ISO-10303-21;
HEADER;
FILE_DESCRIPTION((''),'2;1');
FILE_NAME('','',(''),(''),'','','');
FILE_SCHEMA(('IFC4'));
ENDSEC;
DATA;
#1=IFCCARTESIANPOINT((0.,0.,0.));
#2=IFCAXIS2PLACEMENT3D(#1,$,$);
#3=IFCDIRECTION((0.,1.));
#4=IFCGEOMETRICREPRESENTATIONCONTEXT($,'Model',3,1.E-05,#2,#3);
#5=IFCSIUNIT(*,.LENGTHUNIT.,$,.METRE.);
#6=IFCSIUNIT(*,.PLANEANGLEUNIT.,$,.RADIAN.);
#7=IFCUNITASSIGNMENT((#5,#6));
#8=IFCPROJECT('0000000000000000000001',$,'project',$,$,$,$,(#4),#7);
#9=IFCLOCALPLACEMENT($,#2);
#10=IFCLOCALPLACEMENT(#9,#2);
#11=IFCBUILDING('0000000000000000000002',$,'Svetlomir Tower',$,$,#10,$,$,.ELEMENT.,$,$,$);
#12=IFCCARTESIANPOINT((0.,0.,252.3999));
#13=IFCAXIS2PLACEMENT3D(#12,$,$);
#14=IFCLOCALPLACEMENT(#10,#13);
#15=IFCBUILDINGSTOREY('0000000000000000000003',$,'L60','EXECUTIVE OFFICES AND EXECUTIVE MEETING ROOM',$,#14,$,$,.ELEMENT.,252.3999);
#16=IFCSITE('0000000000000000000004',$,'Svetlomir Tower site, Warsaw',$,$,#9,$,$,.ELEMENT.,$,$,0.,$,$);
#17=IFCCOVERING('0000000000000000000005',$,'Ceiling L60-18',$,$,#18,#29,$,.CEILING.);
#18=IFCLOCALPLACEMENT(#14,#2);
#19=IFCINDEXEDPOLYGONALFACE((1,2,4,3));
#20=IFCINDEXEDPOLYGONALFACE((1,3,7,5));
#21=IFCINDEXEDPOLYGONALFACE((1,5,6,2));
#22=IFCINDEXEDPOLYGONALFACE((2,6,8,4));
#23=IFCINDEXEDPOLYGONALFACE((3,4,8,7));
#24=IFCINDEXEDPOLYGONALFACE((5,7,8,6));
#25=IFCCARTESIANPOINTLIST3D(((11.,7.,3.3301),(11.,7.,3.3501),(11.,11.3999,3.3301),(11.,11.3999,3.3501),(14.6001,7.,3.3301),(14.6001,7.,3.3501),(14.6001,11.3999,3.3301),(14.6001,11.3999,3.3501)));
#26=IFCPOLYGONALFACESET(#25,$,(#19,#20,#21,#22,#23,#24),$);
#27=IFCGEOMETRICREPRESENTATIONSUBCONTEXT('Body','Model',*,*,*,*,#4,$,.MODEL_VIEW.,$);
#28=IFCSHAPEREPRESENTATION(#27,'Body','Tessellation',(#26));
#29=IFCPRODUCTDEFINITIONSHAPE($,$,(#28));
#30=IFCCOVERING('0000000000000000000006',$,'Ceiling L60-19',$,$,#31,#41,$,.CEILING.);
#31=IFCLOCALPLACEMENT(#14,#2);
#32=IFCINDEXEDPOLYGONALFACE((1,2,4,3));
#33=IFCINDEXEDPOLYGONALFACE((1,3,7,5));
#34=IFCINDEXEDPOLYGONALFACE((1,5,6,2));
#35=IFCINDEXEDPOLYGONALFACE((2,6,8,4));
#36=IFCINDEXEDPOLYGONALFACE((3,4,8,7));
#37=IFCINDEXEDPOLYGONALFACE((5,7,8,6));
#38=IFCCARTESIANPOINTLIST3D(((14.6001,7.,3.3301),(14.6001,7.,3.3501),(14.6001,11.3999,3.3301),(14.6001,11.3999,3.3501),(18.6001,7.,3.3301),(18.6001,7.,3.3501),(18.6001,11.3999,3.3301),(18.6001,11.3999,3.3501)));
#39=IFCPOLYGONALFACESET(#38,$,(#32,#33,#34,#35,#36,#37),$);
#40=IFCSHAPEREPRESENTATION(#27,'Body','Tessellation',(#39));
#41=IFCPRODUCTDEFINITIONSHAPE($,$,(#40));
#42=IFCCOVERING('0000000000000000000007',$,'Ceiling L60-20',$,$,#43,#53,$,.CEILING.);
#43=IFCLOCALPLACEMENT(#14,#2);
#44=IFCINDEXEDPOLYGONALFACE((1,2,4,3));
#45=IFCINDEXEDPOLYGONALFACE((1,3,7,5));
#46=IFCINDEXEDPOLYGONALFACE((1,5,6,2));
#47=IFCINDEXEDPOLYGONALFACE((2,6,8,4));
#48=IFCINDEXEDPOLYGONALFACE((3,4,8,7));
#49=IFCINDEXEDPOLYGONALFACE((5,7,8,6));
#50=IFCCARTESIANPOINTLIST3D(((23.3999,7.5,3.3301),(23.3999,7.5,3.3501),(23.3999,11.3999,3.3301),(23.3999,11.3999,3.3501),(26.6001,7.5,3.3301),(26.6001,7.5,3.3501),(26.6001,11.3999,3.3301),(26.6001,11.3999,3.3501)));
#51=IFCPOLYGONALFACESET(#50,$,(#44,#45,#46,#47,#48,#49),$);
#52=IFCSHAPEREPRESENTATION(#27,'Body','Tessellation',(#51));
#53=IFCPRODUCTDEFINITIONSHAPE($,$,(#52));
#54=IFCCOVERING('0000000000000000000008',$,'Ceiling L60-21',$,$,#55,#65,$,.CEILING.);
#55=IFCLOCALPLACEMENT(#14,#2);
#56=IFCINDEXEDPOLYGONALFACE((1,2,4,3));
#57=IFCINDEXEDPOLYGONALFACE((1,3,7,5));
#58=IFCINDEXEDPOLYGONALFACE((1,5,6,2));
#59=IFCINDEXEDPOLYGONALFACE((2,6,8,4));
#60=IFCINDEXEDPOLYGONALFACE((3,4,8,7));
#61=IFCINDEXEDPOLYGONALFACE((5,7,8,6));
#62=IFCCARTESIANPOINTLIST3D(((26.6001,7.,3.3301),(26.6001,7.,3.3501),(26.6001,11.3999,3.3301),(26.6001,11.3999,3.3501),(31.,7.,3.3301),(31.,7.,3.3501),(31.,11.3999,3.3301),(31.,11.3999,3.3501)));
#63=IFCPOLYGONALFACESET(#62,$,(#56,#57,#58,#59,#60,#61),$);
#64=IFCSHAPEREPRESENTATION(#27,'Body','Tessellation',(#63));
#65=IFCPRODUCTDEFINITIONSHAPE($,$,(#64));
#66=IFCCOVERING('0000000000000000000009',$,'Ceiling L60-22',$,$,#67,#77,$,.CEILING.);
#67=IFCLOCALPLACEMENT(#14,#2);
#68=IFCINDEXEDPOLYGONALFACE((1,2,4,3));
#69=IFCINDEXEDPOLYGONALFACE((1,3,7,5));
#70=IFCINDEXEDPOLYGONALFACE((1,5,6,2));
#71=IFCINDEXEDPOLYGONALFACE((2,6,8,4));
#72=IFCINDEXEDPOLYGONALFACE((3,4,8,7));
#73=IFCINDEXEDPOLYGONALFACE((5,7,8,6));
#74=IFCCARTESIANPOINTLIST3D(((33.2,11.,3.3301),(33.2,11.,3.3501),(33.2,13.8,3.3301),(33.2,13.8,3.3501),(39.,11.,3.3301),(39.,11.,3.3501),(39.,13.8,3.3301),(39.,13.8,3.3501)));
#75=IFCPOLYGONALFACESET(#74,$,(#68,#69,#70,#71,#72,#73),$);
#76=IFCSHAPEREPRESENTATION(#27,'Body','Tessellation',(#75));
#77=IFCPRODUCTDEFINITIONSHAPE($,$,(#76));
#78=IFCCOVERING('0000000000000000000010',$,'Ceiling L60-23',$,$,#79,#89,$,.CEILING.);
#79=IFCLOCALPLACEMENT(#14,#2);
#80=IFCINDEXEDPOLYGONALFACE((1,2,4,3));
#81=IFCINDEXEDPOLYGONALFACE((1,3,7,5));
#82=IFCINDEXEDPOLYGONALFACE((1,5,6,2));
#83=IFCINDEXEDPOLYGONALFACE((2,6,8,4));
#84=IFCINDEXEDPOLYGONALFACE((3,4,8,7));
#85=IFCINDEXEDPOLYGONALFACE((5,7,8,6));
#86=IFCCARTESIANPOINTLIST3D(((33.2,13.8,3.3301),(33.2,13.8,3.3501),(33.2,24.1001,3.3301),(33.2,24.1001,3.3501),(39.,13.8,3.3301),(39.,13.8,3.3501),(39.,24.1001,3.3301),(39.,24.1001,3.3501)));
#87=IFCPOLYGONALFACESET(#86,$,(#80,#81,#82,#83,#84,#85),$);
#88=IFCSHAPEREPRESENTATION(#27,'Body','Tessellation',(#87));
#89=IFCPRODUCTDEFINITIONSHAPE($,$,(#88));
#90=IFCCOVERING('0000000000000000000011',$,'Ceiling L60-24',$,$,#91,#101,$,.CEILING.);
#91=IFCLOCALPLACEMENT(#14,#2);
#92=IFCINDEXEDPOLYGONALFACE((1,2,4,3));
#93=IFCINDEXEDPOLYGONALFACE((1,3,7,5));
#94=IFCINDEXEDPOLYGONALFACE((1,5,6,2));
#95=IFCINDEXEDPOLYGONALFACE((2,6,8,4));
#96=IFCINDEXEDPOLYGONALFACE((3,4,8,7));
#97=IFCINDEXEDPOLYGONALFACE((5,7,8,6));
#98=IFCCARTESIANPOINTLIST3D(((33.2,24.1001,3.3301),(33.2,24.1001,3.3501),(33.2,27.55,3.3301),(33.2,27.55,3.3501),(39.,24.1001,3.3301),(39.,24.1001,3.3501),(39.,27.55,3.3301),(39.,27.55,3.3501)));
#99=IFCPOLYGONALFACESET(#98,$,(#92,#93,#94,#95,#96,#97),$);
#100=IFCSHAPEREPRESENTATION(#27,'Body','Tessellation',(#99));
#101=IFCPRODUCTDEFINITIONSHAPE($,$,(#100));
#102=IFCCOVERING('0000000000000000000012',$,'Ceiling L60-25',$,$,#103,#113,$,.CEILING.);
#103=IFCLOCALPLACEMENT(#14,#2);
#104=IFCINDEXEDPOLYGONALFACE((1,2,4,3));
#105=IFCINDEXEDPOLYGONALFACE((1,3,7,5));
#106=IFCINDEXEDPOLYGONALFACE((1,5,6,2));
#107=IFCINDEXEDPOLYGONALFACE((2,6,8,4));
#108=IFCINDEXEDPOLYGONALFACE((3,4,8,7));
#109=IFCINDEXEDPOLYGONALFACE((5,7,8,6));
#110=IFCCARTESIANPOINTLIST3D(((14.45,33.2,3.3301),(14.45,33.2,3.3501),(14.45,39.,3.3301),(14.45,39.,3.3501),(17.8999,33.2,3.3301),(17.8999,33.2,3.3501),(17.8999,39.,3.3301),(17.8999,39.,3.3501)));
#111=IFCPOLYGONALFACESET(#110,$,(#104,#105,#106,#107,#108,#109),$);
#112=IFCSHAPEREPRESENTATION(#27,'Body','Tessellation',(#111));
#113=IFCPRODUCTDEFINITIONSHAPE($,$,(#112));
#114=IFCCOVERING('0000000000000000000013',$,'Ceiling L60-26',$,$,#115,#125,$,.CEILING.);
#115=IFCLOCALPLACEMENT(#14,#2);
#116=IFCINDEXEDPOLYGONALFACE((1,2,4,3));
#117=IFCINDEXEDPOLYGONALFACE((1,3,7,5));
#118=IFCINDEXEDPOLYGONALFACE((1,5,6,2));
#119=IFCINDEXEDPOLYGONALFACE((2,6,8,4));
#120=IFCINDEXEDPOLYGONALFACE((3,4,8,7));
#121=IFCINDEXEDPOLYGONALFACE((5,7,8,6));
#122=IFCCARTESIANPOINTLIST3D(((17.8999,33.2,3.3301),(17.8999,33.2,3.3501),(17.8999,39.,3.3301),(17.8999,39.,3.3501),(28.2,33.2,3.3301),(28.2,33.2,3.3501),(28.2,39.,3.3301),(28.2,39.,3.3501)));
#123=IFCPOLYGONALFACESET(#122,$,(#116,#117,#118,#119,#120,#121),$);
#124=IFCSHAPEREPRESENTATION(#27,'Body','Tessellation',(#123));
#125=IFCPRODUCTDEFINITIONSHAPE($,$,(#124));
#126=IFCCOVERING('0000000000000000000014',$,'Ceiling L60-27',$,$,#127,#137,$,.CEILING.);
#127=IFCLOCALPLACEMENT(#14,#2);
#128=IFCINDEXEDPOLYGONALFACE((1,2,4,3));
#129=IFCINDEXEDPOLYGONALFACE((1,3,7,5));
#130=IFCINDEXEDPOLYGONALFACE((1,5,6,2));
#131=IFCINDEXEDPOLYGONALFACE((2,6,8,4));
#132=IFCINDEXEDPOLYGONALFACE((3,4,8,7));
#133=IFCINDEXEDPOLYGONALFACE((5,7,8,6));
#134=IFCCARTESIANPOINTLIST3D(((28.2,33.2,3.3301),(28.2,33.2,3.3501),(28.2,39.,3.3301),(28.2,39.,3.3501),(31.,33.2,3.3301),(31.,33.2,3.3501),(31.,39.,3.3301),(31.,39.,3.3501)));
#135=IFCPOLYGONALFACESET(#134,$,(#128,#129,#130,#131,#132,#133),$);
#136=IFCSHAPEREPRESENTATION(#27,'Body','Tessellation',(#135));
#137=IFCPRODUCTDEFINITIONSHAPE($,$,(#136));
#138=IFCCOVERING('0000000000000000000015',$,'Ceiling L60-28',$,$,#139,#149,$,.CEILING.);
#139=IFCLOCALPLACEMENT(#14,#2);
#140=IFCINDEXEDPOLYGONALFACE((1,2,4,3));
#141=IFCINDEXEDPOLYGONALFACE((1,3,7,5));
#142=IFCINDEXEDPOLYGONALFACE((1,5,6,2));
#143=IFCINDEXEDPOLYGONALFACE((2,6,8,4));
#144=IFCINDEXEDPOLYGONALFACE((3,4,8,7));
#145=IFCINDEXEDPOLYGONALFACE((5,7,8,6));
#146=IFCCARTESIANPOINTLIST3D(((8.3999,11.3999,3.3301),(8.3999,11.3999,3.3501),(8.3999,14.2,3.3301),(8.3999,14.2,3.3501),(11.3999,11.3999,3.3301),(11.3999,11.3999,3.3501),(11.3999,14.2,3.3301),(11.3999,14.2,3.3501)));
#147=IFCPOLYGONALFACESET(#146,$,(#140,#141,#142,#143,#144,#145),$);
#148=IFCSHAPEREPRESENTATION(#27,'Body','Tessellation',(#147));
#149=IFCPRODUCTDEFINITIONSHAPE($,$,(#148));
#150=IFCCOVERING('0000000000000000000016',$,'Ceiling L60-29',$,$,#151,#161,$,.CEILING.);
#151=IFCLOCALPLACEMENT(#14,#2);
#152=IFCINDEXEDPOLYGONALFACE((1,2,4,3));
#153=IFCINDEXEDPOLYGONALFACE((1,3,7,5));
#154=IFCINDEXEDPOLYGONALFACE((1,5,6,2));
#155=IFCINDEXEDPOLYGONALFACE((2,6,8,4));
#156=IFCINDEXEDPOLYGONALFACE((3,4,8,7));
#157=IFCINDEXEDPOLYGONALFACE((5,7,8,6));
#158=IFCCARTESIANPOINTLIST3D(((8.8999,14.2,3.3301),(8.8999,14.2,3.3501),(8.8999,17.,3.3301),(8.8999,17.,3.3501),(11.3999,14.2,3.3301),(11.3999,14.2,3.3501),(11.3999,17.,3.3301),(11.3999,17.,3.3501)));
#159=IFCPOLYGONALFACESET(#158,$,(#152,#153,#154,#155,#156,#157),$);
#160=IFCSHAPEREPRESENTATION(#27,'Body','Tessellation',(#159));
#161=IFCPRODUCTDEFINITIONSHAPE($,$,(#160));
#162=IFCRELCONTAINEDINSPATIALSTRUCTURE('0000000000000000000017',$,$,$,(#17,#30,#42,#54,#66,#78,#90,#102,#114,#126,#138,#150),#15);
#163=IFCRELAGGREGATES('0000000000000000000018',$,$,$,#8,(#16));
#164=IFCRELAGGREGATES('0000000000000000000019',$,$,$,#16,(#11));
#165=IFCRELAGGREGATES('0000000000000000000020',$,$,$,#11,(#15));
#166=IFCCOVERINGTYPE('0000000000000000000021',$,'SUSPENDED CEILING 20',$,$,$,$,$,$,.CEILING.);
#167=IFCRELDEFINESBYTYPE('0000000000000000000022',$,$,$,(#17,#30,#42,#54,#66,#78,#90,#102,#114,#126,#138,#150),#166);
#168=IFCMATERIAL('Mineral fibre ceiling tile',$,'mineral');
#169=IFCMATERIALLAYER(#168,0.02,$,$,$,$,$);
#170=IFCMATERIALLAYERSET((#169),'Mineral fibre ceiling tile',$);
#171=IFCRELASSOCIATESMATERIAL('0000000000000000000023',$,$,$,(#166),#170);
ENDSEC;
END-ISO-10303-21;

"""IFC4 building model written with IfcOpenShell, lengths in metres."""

from ifc_helpers import new_model, si_unit, direction, frame, origin, place, context, subcontext, project, spatial, polyline, outline, extrude, material, layer, layer_set, type_object, element, save


model = new_model("IFC4")

# Units and contexts
model_context = context("Model", 3, precision=1e-05, world=origin(), true_north=direction((0.0, 1.0)))
body_context = subcontext(model_context, "Body", "Model", "MODEL_VIEW")
ifc_project = project(units=[si_unit("LENGTHUNIT", "METRE"), si_unit("PLANEANGLEUNIT", "RADIAN")], contexts=[model_context])

# Site, building, storey
site_placement = place(None, origin())
site = spatial("IfcSite", under=ifc_project, at=site_placement, Name="Svetlomir Tower site, Warsaw", CompositionType="ELEMENT", RefElevation=0.0)
building_placement = place(site_placement, origin())
building = spatial("IfcBuilding", under=site, at=building_placement, Name="Svetlomir Tower", CompositionType="ELEMENT")
storey_placement = place(building_placement, frame((0.0, 0.0, 252.3999)))
storey = spatial("IfcBuildingStorey", under=building, at=storey_placement, Name="L60", Description="EXECUTIVE OFFICES AND EXECUTIVE MEETING ROOM", CompositionType="ELEMENT", Elevation=252.3999)

# Coverings
ifc_material_1 = material(Name="Mineral fibre ceiling tile", Category="mineral")
ifc_layer_1 = layer(ifc_material_1, 0.02)
ifc_layer_set_1 = layer_set([ifc_layer_1], Name="Mineral fibre ceiling tile")
covering_type_1 = type_object("IfcCoveringType", Name="SUSPENDED CEILING 20", PredefinedType="CEILING", material=ifc_layer_set_1)
covering_1_placement = place(storey_placement, frame((0.0, 0.0, 3.3301)))
element("IfcCovering", 1, at=covering_1_placement, inside=storey, type_object=covering_type_1, Name="Ceiling L60-18", PredefinedType="CEILING", context=body_context, shape_type="SweptSolid", body=[
    extrude(outline(polyline([(11.0, 7.0), (14.6001, 7.0), (14.6001, 11.3999), (11.0, 11.3999), (11.0, 7.0)])), origin(), (0.0, 0.0, 1.0), 0.02),
])
covering_2_placement = place(storey_placement, frame((0.0, 0.0, 3.3301)))
element("IfcCovering", 2, at=covering_2_placement, inside=storey, type_object=covering_type_1, Name="Ceiling L60-19", PredefinedType="CEILING", context=body_context, shape_type="SweptSolid", body=[
    extrude(outline(polyline([(14.6001, 7.0), (18.6001, 7.0), (18.6001, 11.3999), (14.6001, 11.3999), (14.6001, 7.0)])), origin(), (0.0, 0.0, 1.0), 0.02),
])
covering_3_placement = place(storey_placement, frame((0.0, 0.0, 3.3301)))
element("IfcCovering", 3, at=covering_3_placement, inside=storey, type_object=covering_type_1, Name="Ceiling L60-20", PredefinedType="CEILING", context=body_context, shape_type="SweptSolid", body=[
    extrude(outline(polyline([(23.3999, 7.5), (26.6001, 7.5), (26.6001, 11.3999), (23.3999, 11.3999), (23.3999, 7.5)])), origin(), (0.0, 0.0, 1.0), 0.02),
])
covering_4_placement = place(storey_placement, frame((0.0, 0.0, 3.3301)))
element("IfcCovering", 4, at=covering_4_placement, inside=storey, type_object=covering_type_1, Name="Ceiling L60-21", PredefinedType="CEILING", context=body_context, shape_type="SweptSolid", body=[
    extrude(outline(polyline([(26.6001, 7.0), (31.0, 7.0), (31.0, 11.3999), (26.6001, 11.3999), (26.6001, 7.0)])), origin(), (0.0, 0.0, 1.0), 0.02),
])
covering_5_placement = place(storey_placement, frame((0.0, 0.0, 3.3301)))
element("IfcCovering", 5, at=covering_5_placement, inside=storey, type_object=covering_type_1, Name="Ceiling L60-22", PredefinedType="CEILING", context=body_context, shape_type="SweptSolid", body=[
    extrude(outline(polyline([(33.2, 11.0), (39.0, 11.0), (39.0, 13.8), (33.2, 13.8), (33.2, 11.0)])), origin(), (0.0, 0.0, 1.0), 0.02),
])
covering_6_placement = place(storey_placement, frame((0.0, 0.0, 3.3301)))
element("IfcCovering", 6, at=covering_6_placement, inside=storey, type_object=covering_type_1, Name="Ceiling L60-23", PredefinedType="CEILING", context=body_context, shape_type="SweptSolid", body=[
    extrude(outline(polyline([(33.2, 13.8), (39.0, 13.8), (39.0, 24.1001), (33.2, 24.1001), (33.2, 13.8)])), origin(), (0.0, 0.0, 1.0), 0.02),
])
covering_7_placement = place(storey_placement, frame((0.0, 0.0, 3.3301)))
element("IfcCovering", 7, at=covering_7_placement, inside=storey, type_object=covering_type_1, Name="Ceiling L60-24", PredefinedType="CEILING", context=body_context, shape_type="SweptSolid", body=[
    extrude(outline(polyline([(33.2, 24.1001), (39.0, 24.1001), (39.0, 27.55), (33.2, 27.55), (33.2, 24.1001)])), origin(), (0.0, 0.0, 1.0), 0.02),
])
covering_8_placement = place(storey_placement, frame((0.0, 0.0, 3.3301)))
element("IfcCovering", 8, at=covering_8_placement, inside=storey, type_object=covering_type_1, Name="Ceiling L60-25", PredefinedType="CEILING", context=body_context, shape_type="SweptSolid", body=[
    extrude(outline(polyline([(14.45, 33.2), (17.8999, 33.2), (17.8999, 39.0), (14.45, 39.0), (14.45, 33.2)])), origin(), (0.0, 0.0, 1.0), 0.02),
])
covering_9_placement = place(storey_placement, frame((0.0, 0.0, 3.3301)))
element("IfcCovering", 9, at=covering_9_placement, inside=storey, type_object=covering_type_1, Name="Ceiling L60-26", PredefinedType="CEILING", context=body_context, shape_type="SweptSolid", body=[
    extrude(outline(polyline([(17.8999, 33.2), (28.2, 33.2), (28.2, 39.0), (17.8999, 39.0), (17.8999, 33.2)])), origin(), (0.0, 0.0, 1.0), 0.02),
])
covering_10_placement = place(storey_placement, frame((0.0, 0.0, 3.3301)))
element("IfcCovering", 10, at=covering_10_placement, inside=storey, type_object=covering_type_1, Name="Ceiling L60-27", PredefinedType="CEILING", context=body_context, shape_type="SweptSolid", body=[
    extrude(outline(polyline([(28.2, 33.2), (31.0, 33.2), (31.0, 39.0), (28.2, 39.0), (28.2, 33.2)])), origin(), (0.0, 0.0, 1.0), 0.02),
])
covering_11_placement = place(storey_placement, frame((0.0, 0.0, 3.3301)))
element("IfcCovering", 11, at=covering_11_placement, inside=storey, type_object=covering_type_1, Name="Ceiling L60-28", PredefinedType="CEILING", context=body_context, shape_type="SweptSolid", body=[
    extrude(outline(polyline([(8.3999, 11.3999), (11.3999, 11.3999), (11.3999, 14.2), (8.3999, 14.2), (8.3999, 11.3999)])), origin(), (0.0, 0.0, 1.0), 0.02),
])
covering_12_placement = place(storey_placement, frame((0.0, 0.0, 3.3301)))
element("IfcCovering", 12, at=covering_12_placement, inside=storey, type_object=covering_type_1, Name="Ceiling L60-29", PredefinedType="CEILING", context=body_context, shape_type="SweptSolid", body=[
    extrude(outline(polyline([(8.8999, 14.2), (11.3999, 14.2), (11.3999, 17.0), (8.8999, 17.0), (8.8999, 14.2)])), origin(), (0.0, 0.0, 1.0), 0.02),
])

save(model, "model.ifc")
